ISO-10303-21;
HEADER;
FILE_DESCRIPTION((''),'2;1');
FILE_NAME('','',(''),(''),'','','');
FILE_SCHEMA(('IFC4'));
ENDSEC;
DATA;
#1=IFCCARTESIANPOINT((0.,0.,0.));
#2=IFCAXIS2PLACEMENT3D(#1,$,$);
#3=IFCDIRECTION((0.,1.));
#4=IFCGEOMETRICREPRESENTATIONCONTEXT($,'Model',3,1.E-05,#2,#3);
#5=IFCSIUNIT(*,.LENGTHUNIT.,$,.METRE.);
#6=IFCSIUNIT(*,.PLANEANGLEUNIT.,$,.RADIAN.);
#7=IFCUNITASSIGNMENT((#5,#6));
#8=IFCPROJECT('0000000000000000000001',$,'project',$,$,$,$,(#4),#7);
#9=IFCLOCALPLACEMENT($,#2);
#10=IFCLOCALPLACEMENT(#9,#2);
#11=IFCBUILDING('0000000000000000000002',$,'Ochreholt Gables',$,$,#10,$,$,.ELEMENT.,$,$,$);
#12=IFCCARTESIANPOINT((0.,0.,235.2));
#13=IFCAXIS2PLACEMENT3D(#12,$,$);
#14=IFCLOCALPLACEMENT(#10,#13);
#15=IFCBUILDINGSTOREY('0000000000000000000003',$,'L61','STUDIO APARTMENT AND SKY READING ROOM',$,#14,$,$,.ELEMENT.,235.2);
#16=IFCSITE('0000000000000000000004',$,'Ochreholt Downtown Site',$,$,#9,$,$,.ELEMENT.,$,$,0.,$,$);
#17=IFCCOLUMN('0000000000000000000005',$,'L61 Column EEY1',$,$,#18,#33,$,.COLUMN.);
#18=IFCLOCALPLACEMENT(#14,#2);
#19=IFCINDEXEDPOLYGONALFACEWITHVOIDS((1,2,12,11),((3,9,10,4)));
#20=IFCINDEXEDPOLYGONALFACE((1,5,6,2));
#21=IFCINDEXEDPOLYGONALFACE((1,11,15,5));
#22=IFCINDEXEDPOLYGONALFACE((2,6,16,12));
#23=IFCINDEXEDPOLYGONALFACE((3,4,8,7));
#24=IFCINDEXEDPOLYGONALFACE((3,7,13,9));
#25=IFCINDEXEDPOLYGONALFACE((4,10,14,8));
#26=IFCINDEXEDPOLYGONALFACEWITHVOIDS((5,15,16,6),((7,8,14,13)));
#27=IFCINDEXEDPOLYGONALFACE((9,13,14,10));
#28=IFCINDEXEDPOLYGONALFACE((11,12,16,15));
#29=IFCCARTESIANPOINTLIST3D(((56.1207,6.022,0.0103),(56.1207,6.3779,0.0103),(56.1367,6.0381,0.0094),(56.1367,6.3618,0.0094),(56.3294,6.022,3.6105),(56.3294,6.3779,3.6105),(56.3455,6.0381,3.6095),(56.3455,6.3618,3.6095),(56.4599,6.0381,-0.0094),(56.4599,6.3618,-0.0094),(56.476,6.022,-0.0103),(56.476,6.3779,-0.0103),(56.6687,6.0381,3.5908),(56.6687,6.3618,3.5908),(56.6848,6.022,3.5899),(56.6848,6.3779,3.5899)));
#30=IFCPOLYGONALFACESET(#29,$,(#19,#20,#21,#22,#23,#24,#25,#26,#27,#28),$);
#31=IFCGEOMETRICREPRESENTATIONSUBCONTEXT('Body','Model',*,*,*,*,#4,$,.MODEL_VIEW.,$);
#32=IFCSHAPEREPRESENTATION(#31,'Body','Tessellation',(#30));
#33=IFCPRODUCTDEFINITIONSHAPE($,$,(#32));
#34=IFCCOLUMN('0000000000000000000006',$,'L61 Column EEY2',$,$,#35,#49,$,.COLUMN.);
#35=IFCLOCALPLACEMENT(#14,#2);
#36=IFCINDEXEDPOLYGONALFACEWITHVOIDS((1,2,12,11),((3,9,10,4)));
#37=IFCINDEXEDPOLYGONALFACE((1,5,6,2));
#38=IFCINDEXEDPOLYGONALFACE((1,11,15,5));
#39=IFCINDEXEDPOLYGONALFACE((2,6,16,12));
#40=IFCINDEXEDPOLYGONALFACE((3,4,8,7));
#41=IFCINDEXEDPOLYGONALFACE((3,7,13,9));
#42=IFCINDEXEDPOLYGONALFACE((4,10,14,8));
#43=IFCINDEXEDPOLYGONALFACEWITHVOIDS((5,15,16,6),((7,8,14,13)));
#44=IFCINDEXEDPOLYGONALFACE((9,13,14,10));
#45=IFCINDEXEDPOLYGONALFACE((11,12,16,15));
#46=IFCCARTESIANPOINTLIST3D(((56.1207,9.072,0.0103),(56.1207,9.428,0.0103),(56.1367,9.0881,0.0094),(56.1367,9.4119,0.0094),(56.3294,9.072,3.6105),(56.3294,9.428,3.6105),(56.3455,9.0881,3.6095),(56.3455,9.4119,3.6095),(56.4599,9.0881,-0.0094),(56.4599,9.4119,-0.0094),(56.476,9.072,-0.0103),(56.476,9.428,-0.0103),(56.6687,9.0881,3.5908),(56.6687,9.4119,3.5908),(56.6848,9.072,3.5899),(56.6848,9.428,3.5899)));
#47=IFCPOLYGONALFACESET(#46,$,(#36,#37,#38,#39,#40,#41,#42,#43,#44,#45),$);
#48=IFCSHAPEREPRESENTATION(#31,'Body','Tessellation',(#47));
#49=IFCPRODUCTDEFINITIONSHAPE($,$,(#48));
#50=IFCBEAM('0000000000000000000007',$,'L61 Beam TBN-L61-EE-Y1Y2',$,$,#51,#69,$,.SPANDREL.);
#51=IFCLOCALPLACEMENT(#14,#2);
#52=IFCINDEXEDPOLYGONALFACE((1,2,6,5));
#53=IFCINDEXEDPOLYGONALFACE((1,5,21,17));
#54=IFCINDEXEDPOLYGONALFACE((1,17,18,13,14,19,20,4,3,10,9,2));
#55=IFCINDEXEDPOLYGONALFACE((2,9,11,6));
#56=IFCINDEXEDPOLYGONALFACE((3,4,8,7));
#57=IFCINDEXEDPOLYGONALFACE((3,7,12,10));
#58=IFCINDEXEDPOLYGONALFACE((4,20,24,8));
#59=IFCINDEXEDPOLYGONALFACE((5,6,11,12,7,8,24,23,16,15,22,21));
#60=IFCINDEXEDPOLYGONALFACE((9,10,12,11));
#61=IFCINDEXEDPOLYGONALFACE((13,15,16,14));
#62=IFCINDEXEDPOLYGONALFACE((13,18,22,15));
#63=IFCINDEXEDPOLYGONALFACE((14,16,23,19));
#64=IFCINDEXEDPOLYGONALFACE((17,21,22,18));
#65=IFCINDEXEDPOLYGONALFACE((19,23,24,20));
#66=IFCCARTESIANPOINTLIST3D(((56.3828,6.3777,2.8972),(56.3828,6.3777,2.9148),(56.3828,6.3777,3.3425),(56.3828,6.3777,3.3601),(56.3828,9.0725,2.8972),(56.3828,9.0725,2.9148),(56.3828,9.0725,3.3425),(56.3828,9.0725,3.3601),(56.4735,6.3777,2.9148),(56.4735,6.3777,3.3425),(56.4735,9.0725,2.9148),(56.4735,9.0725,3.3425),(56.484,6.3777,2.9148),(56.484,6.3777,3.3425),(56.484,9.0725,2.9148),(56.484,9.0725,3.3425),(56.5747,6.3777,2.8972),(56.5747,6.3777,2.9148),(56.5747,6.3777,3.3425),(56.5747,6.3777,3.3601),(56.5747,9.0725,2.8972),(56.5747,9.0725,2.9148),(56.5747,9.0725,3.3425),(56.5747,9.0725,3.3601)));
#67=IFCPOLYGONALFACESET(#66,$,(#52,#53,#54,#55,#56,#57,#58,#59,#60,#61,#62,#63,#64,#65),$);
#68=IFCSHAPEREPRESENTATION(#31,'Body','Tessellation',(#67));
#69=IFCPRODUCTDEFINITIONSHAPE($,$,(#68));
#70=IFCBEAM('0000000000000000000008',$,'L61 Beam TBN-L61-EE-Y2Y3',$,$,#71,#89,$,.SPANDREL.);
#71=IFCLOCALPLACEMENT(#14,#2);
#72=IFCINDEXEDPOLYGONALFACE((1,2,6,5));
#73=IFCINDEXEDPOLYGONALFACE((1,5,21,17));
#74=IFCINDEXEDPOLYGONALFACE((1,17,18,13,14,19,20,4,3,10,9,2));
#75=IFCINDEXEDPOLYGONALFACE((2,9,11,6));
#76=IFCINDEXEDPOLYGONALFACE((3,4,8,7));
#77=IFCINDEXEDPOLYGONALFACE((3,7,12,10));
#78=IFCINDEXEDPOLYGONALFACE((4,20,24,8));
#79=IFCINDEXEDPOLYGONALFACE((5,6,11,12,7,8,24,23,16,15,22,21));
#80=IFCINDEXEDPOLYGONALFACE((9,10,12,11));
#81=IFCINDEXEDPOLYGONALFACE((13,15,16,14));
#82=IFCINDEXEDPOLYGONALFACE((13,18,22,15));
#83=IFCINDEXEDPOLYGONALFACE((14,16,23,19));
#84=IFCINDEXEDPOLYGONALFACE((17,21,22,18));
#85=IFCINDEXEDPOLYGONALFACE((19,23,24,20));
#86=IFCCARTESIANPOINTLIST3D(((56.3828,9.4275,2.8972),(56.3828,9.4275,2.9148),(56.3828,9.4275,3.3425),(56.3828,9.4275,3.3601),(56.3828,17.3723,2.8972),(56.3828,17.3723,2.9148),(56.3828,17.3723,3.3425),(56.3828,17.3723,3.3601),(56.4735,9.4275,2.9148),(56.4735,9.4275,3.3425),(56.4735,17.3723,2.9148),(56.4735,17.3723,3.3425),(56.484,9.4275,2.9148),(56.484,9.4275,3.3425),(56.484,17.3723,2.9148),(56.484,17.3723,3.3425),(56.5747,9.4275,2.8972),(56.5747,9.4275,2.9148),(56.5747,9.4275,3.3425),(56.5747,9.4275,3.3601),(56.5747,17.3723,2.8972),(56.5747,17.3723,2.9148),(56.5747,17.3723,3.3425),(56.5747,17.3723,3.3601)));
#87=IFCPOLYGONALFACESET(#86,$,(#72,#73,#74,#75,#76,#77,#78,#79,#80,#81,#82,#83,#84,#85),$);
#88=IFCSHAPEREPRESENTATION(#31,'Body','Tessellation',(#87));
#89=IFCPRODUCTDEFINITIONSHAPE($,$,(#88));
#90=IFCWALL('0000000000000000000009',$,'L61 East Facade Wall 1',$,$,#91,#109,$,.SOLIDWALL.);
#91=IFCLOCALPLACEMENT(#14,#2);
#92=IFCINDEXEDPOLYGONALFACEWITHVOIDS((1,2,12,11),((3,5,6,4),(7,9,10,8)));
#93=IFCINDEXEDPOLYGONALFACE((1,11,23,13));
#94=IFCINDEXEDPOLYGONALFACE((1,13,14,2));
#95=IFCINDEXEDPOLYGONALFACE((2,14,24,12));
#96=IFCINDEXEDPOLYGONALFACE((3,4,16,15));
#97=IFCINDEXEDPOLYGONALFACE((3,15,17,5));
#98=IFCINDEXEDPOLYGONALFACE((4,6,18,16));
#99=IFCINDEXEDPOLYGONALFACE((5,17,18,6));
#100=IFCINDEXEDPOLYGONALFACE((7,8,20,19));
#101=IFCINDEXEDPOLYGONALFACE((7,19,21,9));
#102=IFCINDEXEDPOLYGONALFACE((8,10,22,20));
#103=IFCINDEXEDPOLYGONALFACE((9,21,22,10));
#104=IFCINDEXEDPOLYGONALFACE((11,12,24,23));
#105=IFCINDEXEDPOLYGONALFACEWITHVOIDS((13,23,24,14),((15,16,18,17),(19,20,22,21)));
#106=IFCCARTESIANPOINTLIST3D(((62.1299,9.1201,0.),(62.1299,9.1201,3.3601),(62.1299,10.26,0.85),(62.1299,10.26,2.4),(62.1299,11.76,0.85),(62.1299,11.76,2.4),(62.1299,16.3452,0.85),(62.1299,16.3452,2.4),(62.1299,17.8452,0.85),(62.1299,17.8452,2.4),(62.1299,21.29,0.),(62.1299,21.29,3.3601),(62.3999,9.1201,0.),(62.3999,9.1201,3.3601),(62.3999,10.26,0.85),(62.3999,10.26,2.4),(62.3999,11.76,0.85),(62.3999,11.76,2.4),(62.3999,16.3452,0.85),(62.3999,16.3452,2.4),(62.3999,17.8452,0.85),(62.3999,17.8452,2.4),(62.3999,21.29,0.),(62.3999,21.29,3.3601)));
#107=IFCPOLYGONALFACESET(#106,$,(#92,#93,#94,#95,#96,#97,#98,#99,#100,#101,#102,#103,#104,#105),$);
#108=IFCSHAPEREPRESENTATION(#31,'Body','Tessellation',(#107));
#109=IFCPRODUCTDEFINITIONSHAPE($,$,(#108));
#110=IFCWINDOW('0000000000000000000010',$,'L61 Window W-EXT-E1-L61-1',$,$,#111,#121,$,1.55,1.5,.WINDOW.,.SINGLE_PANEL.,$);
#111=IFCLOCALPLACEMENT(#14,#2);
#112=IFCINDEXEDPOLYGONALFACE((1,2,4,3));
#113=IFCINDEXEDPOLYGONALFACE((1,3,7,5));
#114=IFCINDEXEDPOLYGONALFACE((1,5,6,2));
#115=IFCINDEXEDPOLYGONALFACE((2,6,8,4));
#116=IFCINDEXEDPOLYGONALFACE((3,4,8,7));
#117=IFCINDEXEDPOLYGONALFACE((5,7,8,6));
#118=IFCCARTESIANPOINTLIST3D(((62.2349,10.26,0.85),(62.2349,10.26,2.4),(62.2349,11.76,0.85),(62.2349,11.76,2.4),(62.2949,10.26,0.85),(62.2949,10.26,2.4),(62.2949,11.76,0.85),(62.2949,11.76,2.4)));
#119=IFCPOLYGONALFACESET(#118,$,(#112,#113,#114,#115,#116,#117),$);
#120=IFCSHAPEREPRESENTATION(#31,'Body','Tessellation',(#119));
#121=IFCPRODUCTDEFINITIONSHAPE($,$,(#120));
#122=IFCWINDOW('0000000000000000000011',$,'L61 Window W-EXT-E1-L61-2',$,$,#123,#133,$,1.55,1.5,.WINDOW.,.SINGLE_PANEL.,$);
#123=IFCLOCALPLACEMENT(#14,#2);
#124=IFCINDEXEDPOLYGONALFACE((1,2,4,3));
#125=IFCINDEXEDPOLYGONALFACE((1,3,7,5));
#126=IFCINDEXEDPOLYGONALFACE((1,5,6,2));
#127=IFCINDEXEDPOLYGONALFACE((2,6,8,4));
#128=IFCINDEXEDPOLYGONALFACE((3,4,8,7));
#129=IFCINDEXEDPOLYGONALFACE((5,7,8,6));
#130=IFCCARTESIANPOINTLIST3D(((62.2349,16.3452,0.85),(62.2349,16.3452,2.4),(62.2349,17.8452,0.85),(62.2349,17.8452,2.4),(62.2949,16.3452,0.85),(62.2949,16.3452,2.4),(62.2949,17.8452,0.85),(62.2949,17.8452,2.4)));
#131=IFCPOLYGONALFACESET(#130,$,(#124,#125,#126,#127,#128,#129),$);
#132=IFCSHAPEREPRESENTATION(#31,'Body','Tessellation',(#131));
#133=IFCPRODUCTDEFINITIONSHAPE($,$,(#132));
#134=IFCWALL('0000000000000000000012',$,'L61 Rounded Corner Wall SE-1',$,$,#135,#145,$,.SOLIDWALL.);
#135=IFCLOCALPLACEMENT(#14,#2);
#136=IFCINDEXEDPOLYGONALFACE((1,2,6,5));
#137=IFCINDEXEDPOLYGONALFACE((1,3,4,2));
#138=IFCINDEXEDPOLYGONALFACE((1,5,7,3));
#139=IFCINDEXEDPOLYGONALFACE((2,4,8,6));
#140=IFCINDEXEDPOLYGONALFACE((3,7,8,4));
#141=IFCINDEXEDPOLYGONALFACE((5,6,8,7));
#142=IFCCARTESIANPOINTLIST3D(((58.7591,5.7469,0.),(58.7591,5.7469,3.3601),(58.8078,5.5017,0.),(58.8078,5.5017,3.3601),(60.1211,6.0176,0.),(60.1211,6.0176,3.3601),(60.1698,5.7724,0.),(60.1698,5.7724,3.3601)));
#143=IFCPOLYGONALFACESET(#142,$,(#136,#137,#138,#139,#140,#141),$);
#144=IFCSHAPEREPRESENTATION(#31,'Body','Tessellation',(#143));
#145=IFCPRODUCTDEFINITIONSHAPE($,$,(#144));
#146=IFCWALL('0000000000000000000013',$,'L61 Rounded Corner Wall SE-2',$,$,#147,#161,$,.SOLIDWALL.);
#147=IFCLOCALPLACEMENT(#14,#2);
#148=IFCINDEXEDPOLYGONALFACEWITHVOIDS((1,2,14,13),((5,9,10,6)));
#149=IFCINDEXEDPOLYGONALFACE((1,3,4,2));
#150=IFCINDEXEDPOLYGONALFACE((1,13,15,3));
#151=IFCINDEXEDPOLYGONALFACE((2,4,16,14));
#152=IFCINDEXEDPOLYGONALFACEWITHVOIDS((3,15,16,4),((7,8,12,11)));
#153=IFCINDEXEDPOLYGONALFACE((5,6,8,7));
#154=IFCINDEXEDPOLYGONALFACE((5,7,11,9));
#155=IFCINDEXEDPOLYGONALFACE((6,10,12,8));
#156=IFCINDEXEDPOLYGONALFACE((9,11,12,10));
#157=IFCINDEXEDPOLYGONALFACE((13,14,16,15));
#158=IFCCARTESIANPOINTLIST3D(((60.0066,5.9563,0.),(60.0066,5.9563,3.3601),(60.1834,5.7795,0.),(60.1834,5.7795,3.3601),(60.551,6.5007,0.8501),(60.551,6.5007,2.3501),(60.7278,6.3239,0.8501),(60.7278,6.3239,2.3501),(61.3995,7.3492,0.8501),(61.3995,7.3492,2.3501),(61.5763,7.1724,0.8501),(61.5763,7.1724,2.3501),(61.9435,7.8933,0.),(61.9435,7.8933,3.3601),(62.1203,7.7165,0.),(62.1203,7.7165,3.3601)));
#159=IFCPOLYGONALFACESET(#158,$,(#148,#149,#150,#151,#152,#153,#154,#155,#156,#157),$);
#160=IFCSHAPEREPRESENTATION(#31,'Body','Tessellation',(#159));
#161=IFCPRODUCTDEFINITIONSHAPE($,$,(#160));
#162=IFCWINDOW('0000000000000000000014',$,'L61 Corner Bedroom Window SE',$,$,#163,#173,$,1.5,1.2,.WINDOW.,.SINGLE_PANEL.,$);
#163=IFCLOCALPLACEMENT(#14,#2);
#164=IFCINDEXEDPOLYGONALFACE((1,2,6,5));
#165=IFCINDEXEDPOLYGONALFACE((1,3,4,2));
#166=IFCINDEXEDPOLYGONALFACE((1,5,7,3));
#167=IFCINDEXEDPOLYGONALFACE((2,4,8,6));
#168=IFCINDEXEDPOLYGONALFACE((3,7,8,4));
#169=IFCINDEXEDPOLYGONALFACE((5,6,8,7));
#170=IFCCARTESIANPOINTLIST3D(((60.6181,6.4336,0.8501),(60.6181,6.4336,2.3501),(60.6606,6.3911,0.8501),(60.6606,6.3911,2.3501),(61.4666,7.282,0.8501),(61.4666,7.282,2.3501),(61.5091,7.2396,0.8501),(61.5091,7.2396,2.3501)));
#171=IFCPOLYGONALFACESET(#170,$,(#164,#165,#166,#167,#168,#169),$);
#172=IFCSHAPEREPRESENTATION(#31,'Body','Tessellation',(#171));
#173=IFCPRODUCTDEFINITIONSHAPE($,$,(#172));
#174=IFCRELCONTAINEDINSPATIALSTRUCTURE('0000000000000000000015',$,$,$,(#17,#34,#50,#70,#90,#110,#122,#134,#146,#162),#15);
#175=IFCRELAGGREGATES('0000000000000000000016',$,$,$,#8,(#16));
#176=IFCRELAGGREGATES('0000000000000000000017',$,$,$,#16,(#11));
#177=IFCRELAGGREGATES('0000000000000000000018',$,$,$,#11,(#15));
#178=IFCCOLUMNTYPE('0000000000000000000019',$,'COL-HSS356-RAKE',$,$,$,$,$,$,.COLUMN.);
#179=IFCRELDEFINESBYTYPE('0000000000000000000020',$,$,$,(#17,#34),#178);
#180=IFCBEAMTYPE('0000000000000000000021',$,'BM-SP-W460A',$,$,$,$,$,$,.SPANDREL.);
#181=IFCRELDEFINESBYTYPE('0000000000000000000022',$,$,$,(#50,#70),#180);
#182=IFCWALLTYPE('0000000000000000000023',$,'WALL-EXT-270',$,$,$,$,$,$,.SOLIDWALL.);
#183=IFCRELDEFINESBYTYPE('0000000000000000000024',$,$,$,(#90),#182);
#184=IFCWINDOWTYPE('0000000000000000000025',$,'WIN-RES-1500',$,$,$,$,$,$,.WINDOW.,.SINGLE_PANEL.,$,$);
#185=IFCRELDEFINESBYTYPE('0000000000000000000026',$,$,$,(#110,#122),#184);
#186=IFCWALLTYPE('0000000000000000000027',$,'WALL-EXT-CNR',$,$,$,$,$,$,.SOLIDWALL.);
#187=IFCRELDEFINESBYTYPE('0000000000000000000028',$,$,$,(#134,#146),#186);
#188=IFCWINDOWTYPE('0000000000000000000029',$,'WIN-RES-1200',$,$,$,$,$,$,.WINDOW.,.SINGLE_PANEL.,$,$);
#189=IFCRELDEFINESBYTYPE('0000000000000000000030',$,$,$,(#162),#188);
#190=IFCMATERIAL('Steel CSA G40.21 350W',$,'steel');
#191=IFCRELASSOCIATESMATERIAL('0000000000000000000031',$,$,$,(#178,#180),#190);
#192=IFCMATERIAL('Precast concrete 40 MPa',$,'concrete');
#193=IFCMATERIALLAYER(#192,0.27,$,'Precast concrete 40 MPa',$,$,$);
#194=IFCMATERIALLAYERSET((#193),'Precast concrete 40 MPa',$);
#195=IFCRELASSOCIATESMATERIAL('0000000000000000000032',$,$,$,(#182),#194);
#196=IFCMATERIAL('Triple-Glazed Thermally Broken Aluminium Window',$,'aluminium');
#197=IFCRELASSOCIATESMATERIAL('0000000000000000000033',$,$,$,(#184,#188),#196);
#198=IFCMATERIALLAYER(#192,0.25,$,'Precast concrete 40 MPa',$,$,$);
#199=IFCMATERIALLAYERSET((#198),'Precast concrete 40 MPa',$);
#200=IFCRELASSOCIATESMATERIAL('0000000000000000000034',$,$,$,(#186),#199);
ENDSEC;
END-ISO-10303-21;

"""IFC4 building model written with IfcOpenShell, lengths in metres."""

from ifc_helpers import new_model, si_unit, direction, frame, frame_2d, origin, origin_2d, place, context, subcontext, project, spatial, rectangle, hollow_rectangle, i_section, extrude, material, layer, layer_set, material_profile, profile_set, type_object, element, fill, save


model = new_model("IFC4")

# Units and contexts
model_context = context("Model", 3, precision=1e-05, world=origin(), true_north=direction((0.0, 1.0)))
body_context = subcontext(model_context, "Body", "Model", "MODEL_VIEW")
ifc_project = project(units=[si_unit("LENGTHUNIT", "METRE"), si_unit("PLANEANGLEUNIT", "RADIAN")], contexts=[model_context])

# Site, building, storey
site_placement = place(None, origin())
site = spatial("IfcSite", under=ifc_project, at=site_placement, Name="Ochreholt Downtown Site", CompositionType="ELEMENT", RefElevation=0.0)
building_placement = place(site_placement, origin())
building = spatial("IfcBuilding", under=site, at=building_placement, Name="Ochreholt Gables", CompositionType="ELEMENT")
storey_placement = place(building_placement, frame((0.0, 0.0, 235.2)))
storey = spatial("IfcBuildingStorey", under=building, at=storey_placement, Name="L61", Description="STUDIO APARTMENT AND SKY READING ROOM", CompositionType="ELEMENT", Elevation=235.2)

# Columns
ifc_material_1 = material(Name="Steel CSA G40.21 350W", Category="steel")
ifc_material_profile_1 = material_profile(ifc_material_1, hollow_rectangle(XDim=0.356, YDim=0.356, WallThickness=0.0161, at=origin_2d()), Name="HSS356X356X16")
ifc_profile_set_1 = profile_set([ifc_material_profile_1], Name="Steel CSA G40.21 350W")
column_type = type_object("IfcColumnType", Name="COL-HSS356-RAKE", PredefinedType="COLUMN", material=ifc_profile_set_1)
for number, where, z_axis, x_axis, name in (
    (1, (56.2983, 6.2, 0.0), (0.057885, 0.0, 0.998323), (0.0, 1.0, 0.0), "L61 Column EEY1"),
    (2, (56.2983, 9.25, 0.0), (0.057885, 0.0, 0.998323), (0.0, 1.0, 0.0), "L61 Column EEY2"),
):
    element("IfcColumn", number, at=place(storey_placement, frame(where, z_axis=z_axis, x_axis=x_axis)), inside=storey, type_object=column_type, Name=name, PredefinedType="COLUMN", context=body_context, shape_type="SweptSolid", body=[
        extrude(hollow_rectangle(XDim=0.356, YDim=0.356, WallThickness=0.0161, at=origin_2d()), origin(), (0.0, 0.0, 1.0), 3.6062),
    ])

# Beams
ifc_material_profile_2 = material_profile(ifc_material_1, i_section(OverallWidth=0.1919, OverallDepth=0.4629, WebThickness=0.0105, FlangeThickness=0.0176, at=origin_2d()), Name="W460X89")
ifc_profile_set_2 = profile_set([ifc_material_profile_2], Name="Steel CSA G40.21 350W")
beam_type = type_object("IfcBeamType", Name="BM-SP-W460A", PredefinedType="SPANDREL", material=ifc_profile_set_2)
beam_1_placement = place(storey_placement, frame((56.4788, 6.3777, 3.1287), z_axis=(0.0, 1.0, 0.0), x_axis=(-1.0, 0.0, 0.0)))
element("IfcBeam", 3, at=beam_1_placement, inside=storey, type_object=beam_type, Name="L61 Beam TBN-L61-EE-Y1Y2", PredefinedType="SPANDREL", context=body_context, shape_type="SweptSolid", body=[
    extrude(i_section(OverallWidth=0.1919, OverallDepth=0.4629, WebThickness=0.0105, FlangeThickness=0.0176, at=origin_2d()), origin(), (0.0, 0.0, 1.0), 2.6948),
])
beam_2_placement = place(storey_placement, frame((56.4788, 9.4275, 3.1287), z_axis=(0.0, 1.0, 0.0), x_axis=(-1.0, 0.0, 0.0)))
element("IfcBeam", 4, at=beam_2_placement, inside=storey, type_object=beam_type, Name="L61 Beam TBN-L61-EE-Y2Y3", PredefinedType="SPANDREL", context=body_context, shape_type="SweptSolid", body=[
    extrude(i_section(OverallWidth=0.1919, OverallDepth=0.4629, WebThickness=0.0105, FlangeThickness=0.0176, at=origin_2d()), origin(), (0.0, 0.0, 1.0), 7.9448),
])

# Wall, openings, windows
ifc_material_2 = material(Name="Precast concrete 40 MPa", Category="concrete")
ifc_layer_1 = layer(ifc_material_2, 0.27, Name="Precast concrete 40 MPa")
ifc_layer_set_1 = layer_set([ifc_layer_1], Name="Precast concrete 40 MPa")
wall_type_1 = type_object("IfcWallType", Name="WALL-EXT-270", PredefinedType="SOLIDWALL", material=ifc_layer_set_1)
wall_1_placement = place(storey_placement, frame((62.2649, 9.1201, 0.0), z_axis=(0.0, 0.0, 1.0), x_axis=(0.0, 1.0, 0.0)))
wall_1 = element("IfcWall", 5, at=wall_1_placement, inside=storey, type_object=wall_type_1, Name="L61 East Facade Wall 1", PredefinedType="SOLIDWALL", context=body_context, shape_type="SweptSolid", body=[
    extrude(rectangle(XDim=12.1699, YDim=0.27, at=frame_2d((6.085, 0.0))), origin(), (0.0, 0.0, 1.0), 3.3601),
])
opening_1_placement = place(wall_1_placement, frame((1.1399, 0.0, 0.8501)))
opening_1 = element("IfcOpeningElement", 6, at=opening_1_placement, cuts=wall_1, PredefinedType="OPENING", context=body_context, shape_type="SweptSolid", body=[
    extrude(rectangle(XDim=1.5, YDim=1.55, at=frame_2d((0.75, 0.7749))), frame((0.0, 0.145, 0.0), z_axis=(0.0, -1.0, 0.0), x_axis=(1.0, 0.0, 0.0)), (0.0, 0.0, 1.0), 0.29),
])
opening_2_placement = place(wall_1_placement, frame((7.2251, 0.0, 0.8501)))
opening_2 = element("IfcOpeningElement", 7, at=opening_2_placement, cuts=wall_1, PredefinedType="OPENING", context=body_context, shape_type="SweptSolid", body=[
    extrude(rectangle(XDim=1.5, YDim=1.55, at=frame_2d((0.75, 0.7749))), frame((0.0, 0.145, 0.0), z_axis=(0.0, -1.0, 0.0), x_axis=(1.0, 0.0, 0.0)), (0.0, 0.0, 1.0), 0.29),
])
ifc_material_3 = material(Name="Triple-Glazed Thermally Broken Aluminium Window", Category="aluminium")
window_type_1 = type_object("IfcWindowType", Name="WIN-RES-1500", PartitioningType="SINGLE_PANEL", PredefinedType="WINDOW", material=ifc_material_3)
window_1_placement = place(opening_1_placement, origin())
window_1 = element("IfcWindow", 8, at=window_1_placement, inside=storey, type_object=window_type_1, Name="L61 Window W-EXT-E1-L61-1", OverallHeight=1.55, OverallWidth=1.5, PartitioningType="SINGLE_PANEL", PredefinedType="WINDOW", context=body_context, shape_type="SweptSolid", body=[
    extrude(rectangle(XDim=1.5, YDim=1.55, at=frame_2d((0.75, 0.7749))), frame((0.0, 0.03, 0.0), z_axis=(0.0, -1.0, 0.0), x_axis=(1.0, 0.0, 0.0)), (0.0, 0.0, 1.0), 0.0601),
])
fill(opening_1, window_1)
window_2_placement = place(opening_2_placement, origin())
window_2 = element("IfcWindow", 9, at=window_2_placement, inside=storey, type_object=window_type_1, Name="L61 Window W-EXT-E1-L61-2", OverallHeight=1.55, OverallWidth=1.5, PartitioningType="SINGLE_PANEL", PredefinedType="WINDOW", context=body_context, shape_type="SweptSolid", body=[
    extrude(rectangle(XDim=1.5, YDim=1.55, at=frame_2d((0.75, 0.7749))), frame((0.0, 0.03, 0.0), z_axis=(0.0, -1.0, 0.0), x_axis=(1.0, 0.0, 0.0)), (0.0, 0.0, 1.0), 0.0601),
])
fill(opening_2, window_2)

# Wall
ifc_layer_2 = layer(ifc_material_2, 0.25, Name="Precast concrete 40 MPa")
ifc_layer_set_2 = layer_set([ifc_layer_2], Name="Precast concrete 40 MPa")
wall_type_2 = type_object("IfcWallType", Name="WALL-EXT-CNR", PredefinedType="SOLIDWALL", material=ifc_layer_set_2)
wall_2_placement = place(storey_placement, frame((58.7834, 5.6243, 0.0), z_axis=(0.0, 0.0, 1.0), x_axis=(0.98081, 0.194967, 0.0)))
element("IfcWall", 10, at=wall_2_placement, inside=storey, type_object=wall_type_2, Name="L61 Rounded Corner Wall SE-1", PredefinedType="SOLIDWALL", context=body_context, shape_type="SweptSolid", body=[
    extrude(rectangle(XDim=1.3887, YDim=0.25, at=frame_2d((0.6943, 0.0))), origin(), (0.0, 0.0, 1.0), 3.3601),
])

# Wall, opening, window
wall_3_placement = place(storey_placement, frame((60.095, 5.8679, 0.0), z_axis=(0.0, 0.0, 1.0), x_axis=(0.707107, 0.707107, 0.0)))
wall_3 = element("IfcWall", 11, at=wall_3_placement, inside=storey, type_object=wall_type_2, Name="L61 Rounded Corner Wall SE-2", PredefinedType="SOLIDWALL", context=body_context, shape_type="SweptSolid", body=[
    extrude(rectangle(XDim=2.7393, YDim=0.25, at=frame_2d((1.3696, 0.0))), origin(), (0.0, 0.0, 1.0), 3.3601),
])
opening_3_placement = place(wall_3_placement, frame((0.7698, 0.0, 0.8501)))
opening_3 = element("IfcOpeningElement", 12, at=opening_3_placement, cuts=wall_3, PredefinedType="OPENING", context=body_context, shape_type="SweptSolid", body=[
    extrude(rectangle(XDim=1.2, YDim=1.5, at=frame_2d((0.6001, 0.75))), frame((0.0, 0.135, 0.0), z_axis=(0.0, -1.0, 0.0), x_axis=(1.0, 0.0, 0.0)), (0.0, 0.0, 1.0), 0.27),
])
window_type_2 = type_object("IfcWindowType", Name="WIN-RES-1200", PartitioningType="SINGLE_PANEL", PredefinedType="WINDOW", material=ifc_material_3)
window_3_placement = place(opening_3_placement, origin())
window_3 = element("IfcWindow", 13, at=window_3_placement, inside=storey, type_object=window_type_2, Name="L61 Corner Bedroom Window SE", OverallHeight=1.5, OverallWidth=1.2, PartitioningType="SINGLE_PANEL", PredefinedType="WINDOW", context=body_context, shape_type="SweptSolid", body=[
    extrude(rectangle(XDim=1.2, YDim=1.5, at=frame_2d((0.6001, 0.75))), frame((0.0, 0.03, 0.0), z_axis=(0.0, -1.0, 0.0), x_axis=(1.0, 0.0, 0.0)), (0.0, 0.0, 1.0), 0.0601),
])
fill(opening_3, window_3)

save(model, "model.ifc")
